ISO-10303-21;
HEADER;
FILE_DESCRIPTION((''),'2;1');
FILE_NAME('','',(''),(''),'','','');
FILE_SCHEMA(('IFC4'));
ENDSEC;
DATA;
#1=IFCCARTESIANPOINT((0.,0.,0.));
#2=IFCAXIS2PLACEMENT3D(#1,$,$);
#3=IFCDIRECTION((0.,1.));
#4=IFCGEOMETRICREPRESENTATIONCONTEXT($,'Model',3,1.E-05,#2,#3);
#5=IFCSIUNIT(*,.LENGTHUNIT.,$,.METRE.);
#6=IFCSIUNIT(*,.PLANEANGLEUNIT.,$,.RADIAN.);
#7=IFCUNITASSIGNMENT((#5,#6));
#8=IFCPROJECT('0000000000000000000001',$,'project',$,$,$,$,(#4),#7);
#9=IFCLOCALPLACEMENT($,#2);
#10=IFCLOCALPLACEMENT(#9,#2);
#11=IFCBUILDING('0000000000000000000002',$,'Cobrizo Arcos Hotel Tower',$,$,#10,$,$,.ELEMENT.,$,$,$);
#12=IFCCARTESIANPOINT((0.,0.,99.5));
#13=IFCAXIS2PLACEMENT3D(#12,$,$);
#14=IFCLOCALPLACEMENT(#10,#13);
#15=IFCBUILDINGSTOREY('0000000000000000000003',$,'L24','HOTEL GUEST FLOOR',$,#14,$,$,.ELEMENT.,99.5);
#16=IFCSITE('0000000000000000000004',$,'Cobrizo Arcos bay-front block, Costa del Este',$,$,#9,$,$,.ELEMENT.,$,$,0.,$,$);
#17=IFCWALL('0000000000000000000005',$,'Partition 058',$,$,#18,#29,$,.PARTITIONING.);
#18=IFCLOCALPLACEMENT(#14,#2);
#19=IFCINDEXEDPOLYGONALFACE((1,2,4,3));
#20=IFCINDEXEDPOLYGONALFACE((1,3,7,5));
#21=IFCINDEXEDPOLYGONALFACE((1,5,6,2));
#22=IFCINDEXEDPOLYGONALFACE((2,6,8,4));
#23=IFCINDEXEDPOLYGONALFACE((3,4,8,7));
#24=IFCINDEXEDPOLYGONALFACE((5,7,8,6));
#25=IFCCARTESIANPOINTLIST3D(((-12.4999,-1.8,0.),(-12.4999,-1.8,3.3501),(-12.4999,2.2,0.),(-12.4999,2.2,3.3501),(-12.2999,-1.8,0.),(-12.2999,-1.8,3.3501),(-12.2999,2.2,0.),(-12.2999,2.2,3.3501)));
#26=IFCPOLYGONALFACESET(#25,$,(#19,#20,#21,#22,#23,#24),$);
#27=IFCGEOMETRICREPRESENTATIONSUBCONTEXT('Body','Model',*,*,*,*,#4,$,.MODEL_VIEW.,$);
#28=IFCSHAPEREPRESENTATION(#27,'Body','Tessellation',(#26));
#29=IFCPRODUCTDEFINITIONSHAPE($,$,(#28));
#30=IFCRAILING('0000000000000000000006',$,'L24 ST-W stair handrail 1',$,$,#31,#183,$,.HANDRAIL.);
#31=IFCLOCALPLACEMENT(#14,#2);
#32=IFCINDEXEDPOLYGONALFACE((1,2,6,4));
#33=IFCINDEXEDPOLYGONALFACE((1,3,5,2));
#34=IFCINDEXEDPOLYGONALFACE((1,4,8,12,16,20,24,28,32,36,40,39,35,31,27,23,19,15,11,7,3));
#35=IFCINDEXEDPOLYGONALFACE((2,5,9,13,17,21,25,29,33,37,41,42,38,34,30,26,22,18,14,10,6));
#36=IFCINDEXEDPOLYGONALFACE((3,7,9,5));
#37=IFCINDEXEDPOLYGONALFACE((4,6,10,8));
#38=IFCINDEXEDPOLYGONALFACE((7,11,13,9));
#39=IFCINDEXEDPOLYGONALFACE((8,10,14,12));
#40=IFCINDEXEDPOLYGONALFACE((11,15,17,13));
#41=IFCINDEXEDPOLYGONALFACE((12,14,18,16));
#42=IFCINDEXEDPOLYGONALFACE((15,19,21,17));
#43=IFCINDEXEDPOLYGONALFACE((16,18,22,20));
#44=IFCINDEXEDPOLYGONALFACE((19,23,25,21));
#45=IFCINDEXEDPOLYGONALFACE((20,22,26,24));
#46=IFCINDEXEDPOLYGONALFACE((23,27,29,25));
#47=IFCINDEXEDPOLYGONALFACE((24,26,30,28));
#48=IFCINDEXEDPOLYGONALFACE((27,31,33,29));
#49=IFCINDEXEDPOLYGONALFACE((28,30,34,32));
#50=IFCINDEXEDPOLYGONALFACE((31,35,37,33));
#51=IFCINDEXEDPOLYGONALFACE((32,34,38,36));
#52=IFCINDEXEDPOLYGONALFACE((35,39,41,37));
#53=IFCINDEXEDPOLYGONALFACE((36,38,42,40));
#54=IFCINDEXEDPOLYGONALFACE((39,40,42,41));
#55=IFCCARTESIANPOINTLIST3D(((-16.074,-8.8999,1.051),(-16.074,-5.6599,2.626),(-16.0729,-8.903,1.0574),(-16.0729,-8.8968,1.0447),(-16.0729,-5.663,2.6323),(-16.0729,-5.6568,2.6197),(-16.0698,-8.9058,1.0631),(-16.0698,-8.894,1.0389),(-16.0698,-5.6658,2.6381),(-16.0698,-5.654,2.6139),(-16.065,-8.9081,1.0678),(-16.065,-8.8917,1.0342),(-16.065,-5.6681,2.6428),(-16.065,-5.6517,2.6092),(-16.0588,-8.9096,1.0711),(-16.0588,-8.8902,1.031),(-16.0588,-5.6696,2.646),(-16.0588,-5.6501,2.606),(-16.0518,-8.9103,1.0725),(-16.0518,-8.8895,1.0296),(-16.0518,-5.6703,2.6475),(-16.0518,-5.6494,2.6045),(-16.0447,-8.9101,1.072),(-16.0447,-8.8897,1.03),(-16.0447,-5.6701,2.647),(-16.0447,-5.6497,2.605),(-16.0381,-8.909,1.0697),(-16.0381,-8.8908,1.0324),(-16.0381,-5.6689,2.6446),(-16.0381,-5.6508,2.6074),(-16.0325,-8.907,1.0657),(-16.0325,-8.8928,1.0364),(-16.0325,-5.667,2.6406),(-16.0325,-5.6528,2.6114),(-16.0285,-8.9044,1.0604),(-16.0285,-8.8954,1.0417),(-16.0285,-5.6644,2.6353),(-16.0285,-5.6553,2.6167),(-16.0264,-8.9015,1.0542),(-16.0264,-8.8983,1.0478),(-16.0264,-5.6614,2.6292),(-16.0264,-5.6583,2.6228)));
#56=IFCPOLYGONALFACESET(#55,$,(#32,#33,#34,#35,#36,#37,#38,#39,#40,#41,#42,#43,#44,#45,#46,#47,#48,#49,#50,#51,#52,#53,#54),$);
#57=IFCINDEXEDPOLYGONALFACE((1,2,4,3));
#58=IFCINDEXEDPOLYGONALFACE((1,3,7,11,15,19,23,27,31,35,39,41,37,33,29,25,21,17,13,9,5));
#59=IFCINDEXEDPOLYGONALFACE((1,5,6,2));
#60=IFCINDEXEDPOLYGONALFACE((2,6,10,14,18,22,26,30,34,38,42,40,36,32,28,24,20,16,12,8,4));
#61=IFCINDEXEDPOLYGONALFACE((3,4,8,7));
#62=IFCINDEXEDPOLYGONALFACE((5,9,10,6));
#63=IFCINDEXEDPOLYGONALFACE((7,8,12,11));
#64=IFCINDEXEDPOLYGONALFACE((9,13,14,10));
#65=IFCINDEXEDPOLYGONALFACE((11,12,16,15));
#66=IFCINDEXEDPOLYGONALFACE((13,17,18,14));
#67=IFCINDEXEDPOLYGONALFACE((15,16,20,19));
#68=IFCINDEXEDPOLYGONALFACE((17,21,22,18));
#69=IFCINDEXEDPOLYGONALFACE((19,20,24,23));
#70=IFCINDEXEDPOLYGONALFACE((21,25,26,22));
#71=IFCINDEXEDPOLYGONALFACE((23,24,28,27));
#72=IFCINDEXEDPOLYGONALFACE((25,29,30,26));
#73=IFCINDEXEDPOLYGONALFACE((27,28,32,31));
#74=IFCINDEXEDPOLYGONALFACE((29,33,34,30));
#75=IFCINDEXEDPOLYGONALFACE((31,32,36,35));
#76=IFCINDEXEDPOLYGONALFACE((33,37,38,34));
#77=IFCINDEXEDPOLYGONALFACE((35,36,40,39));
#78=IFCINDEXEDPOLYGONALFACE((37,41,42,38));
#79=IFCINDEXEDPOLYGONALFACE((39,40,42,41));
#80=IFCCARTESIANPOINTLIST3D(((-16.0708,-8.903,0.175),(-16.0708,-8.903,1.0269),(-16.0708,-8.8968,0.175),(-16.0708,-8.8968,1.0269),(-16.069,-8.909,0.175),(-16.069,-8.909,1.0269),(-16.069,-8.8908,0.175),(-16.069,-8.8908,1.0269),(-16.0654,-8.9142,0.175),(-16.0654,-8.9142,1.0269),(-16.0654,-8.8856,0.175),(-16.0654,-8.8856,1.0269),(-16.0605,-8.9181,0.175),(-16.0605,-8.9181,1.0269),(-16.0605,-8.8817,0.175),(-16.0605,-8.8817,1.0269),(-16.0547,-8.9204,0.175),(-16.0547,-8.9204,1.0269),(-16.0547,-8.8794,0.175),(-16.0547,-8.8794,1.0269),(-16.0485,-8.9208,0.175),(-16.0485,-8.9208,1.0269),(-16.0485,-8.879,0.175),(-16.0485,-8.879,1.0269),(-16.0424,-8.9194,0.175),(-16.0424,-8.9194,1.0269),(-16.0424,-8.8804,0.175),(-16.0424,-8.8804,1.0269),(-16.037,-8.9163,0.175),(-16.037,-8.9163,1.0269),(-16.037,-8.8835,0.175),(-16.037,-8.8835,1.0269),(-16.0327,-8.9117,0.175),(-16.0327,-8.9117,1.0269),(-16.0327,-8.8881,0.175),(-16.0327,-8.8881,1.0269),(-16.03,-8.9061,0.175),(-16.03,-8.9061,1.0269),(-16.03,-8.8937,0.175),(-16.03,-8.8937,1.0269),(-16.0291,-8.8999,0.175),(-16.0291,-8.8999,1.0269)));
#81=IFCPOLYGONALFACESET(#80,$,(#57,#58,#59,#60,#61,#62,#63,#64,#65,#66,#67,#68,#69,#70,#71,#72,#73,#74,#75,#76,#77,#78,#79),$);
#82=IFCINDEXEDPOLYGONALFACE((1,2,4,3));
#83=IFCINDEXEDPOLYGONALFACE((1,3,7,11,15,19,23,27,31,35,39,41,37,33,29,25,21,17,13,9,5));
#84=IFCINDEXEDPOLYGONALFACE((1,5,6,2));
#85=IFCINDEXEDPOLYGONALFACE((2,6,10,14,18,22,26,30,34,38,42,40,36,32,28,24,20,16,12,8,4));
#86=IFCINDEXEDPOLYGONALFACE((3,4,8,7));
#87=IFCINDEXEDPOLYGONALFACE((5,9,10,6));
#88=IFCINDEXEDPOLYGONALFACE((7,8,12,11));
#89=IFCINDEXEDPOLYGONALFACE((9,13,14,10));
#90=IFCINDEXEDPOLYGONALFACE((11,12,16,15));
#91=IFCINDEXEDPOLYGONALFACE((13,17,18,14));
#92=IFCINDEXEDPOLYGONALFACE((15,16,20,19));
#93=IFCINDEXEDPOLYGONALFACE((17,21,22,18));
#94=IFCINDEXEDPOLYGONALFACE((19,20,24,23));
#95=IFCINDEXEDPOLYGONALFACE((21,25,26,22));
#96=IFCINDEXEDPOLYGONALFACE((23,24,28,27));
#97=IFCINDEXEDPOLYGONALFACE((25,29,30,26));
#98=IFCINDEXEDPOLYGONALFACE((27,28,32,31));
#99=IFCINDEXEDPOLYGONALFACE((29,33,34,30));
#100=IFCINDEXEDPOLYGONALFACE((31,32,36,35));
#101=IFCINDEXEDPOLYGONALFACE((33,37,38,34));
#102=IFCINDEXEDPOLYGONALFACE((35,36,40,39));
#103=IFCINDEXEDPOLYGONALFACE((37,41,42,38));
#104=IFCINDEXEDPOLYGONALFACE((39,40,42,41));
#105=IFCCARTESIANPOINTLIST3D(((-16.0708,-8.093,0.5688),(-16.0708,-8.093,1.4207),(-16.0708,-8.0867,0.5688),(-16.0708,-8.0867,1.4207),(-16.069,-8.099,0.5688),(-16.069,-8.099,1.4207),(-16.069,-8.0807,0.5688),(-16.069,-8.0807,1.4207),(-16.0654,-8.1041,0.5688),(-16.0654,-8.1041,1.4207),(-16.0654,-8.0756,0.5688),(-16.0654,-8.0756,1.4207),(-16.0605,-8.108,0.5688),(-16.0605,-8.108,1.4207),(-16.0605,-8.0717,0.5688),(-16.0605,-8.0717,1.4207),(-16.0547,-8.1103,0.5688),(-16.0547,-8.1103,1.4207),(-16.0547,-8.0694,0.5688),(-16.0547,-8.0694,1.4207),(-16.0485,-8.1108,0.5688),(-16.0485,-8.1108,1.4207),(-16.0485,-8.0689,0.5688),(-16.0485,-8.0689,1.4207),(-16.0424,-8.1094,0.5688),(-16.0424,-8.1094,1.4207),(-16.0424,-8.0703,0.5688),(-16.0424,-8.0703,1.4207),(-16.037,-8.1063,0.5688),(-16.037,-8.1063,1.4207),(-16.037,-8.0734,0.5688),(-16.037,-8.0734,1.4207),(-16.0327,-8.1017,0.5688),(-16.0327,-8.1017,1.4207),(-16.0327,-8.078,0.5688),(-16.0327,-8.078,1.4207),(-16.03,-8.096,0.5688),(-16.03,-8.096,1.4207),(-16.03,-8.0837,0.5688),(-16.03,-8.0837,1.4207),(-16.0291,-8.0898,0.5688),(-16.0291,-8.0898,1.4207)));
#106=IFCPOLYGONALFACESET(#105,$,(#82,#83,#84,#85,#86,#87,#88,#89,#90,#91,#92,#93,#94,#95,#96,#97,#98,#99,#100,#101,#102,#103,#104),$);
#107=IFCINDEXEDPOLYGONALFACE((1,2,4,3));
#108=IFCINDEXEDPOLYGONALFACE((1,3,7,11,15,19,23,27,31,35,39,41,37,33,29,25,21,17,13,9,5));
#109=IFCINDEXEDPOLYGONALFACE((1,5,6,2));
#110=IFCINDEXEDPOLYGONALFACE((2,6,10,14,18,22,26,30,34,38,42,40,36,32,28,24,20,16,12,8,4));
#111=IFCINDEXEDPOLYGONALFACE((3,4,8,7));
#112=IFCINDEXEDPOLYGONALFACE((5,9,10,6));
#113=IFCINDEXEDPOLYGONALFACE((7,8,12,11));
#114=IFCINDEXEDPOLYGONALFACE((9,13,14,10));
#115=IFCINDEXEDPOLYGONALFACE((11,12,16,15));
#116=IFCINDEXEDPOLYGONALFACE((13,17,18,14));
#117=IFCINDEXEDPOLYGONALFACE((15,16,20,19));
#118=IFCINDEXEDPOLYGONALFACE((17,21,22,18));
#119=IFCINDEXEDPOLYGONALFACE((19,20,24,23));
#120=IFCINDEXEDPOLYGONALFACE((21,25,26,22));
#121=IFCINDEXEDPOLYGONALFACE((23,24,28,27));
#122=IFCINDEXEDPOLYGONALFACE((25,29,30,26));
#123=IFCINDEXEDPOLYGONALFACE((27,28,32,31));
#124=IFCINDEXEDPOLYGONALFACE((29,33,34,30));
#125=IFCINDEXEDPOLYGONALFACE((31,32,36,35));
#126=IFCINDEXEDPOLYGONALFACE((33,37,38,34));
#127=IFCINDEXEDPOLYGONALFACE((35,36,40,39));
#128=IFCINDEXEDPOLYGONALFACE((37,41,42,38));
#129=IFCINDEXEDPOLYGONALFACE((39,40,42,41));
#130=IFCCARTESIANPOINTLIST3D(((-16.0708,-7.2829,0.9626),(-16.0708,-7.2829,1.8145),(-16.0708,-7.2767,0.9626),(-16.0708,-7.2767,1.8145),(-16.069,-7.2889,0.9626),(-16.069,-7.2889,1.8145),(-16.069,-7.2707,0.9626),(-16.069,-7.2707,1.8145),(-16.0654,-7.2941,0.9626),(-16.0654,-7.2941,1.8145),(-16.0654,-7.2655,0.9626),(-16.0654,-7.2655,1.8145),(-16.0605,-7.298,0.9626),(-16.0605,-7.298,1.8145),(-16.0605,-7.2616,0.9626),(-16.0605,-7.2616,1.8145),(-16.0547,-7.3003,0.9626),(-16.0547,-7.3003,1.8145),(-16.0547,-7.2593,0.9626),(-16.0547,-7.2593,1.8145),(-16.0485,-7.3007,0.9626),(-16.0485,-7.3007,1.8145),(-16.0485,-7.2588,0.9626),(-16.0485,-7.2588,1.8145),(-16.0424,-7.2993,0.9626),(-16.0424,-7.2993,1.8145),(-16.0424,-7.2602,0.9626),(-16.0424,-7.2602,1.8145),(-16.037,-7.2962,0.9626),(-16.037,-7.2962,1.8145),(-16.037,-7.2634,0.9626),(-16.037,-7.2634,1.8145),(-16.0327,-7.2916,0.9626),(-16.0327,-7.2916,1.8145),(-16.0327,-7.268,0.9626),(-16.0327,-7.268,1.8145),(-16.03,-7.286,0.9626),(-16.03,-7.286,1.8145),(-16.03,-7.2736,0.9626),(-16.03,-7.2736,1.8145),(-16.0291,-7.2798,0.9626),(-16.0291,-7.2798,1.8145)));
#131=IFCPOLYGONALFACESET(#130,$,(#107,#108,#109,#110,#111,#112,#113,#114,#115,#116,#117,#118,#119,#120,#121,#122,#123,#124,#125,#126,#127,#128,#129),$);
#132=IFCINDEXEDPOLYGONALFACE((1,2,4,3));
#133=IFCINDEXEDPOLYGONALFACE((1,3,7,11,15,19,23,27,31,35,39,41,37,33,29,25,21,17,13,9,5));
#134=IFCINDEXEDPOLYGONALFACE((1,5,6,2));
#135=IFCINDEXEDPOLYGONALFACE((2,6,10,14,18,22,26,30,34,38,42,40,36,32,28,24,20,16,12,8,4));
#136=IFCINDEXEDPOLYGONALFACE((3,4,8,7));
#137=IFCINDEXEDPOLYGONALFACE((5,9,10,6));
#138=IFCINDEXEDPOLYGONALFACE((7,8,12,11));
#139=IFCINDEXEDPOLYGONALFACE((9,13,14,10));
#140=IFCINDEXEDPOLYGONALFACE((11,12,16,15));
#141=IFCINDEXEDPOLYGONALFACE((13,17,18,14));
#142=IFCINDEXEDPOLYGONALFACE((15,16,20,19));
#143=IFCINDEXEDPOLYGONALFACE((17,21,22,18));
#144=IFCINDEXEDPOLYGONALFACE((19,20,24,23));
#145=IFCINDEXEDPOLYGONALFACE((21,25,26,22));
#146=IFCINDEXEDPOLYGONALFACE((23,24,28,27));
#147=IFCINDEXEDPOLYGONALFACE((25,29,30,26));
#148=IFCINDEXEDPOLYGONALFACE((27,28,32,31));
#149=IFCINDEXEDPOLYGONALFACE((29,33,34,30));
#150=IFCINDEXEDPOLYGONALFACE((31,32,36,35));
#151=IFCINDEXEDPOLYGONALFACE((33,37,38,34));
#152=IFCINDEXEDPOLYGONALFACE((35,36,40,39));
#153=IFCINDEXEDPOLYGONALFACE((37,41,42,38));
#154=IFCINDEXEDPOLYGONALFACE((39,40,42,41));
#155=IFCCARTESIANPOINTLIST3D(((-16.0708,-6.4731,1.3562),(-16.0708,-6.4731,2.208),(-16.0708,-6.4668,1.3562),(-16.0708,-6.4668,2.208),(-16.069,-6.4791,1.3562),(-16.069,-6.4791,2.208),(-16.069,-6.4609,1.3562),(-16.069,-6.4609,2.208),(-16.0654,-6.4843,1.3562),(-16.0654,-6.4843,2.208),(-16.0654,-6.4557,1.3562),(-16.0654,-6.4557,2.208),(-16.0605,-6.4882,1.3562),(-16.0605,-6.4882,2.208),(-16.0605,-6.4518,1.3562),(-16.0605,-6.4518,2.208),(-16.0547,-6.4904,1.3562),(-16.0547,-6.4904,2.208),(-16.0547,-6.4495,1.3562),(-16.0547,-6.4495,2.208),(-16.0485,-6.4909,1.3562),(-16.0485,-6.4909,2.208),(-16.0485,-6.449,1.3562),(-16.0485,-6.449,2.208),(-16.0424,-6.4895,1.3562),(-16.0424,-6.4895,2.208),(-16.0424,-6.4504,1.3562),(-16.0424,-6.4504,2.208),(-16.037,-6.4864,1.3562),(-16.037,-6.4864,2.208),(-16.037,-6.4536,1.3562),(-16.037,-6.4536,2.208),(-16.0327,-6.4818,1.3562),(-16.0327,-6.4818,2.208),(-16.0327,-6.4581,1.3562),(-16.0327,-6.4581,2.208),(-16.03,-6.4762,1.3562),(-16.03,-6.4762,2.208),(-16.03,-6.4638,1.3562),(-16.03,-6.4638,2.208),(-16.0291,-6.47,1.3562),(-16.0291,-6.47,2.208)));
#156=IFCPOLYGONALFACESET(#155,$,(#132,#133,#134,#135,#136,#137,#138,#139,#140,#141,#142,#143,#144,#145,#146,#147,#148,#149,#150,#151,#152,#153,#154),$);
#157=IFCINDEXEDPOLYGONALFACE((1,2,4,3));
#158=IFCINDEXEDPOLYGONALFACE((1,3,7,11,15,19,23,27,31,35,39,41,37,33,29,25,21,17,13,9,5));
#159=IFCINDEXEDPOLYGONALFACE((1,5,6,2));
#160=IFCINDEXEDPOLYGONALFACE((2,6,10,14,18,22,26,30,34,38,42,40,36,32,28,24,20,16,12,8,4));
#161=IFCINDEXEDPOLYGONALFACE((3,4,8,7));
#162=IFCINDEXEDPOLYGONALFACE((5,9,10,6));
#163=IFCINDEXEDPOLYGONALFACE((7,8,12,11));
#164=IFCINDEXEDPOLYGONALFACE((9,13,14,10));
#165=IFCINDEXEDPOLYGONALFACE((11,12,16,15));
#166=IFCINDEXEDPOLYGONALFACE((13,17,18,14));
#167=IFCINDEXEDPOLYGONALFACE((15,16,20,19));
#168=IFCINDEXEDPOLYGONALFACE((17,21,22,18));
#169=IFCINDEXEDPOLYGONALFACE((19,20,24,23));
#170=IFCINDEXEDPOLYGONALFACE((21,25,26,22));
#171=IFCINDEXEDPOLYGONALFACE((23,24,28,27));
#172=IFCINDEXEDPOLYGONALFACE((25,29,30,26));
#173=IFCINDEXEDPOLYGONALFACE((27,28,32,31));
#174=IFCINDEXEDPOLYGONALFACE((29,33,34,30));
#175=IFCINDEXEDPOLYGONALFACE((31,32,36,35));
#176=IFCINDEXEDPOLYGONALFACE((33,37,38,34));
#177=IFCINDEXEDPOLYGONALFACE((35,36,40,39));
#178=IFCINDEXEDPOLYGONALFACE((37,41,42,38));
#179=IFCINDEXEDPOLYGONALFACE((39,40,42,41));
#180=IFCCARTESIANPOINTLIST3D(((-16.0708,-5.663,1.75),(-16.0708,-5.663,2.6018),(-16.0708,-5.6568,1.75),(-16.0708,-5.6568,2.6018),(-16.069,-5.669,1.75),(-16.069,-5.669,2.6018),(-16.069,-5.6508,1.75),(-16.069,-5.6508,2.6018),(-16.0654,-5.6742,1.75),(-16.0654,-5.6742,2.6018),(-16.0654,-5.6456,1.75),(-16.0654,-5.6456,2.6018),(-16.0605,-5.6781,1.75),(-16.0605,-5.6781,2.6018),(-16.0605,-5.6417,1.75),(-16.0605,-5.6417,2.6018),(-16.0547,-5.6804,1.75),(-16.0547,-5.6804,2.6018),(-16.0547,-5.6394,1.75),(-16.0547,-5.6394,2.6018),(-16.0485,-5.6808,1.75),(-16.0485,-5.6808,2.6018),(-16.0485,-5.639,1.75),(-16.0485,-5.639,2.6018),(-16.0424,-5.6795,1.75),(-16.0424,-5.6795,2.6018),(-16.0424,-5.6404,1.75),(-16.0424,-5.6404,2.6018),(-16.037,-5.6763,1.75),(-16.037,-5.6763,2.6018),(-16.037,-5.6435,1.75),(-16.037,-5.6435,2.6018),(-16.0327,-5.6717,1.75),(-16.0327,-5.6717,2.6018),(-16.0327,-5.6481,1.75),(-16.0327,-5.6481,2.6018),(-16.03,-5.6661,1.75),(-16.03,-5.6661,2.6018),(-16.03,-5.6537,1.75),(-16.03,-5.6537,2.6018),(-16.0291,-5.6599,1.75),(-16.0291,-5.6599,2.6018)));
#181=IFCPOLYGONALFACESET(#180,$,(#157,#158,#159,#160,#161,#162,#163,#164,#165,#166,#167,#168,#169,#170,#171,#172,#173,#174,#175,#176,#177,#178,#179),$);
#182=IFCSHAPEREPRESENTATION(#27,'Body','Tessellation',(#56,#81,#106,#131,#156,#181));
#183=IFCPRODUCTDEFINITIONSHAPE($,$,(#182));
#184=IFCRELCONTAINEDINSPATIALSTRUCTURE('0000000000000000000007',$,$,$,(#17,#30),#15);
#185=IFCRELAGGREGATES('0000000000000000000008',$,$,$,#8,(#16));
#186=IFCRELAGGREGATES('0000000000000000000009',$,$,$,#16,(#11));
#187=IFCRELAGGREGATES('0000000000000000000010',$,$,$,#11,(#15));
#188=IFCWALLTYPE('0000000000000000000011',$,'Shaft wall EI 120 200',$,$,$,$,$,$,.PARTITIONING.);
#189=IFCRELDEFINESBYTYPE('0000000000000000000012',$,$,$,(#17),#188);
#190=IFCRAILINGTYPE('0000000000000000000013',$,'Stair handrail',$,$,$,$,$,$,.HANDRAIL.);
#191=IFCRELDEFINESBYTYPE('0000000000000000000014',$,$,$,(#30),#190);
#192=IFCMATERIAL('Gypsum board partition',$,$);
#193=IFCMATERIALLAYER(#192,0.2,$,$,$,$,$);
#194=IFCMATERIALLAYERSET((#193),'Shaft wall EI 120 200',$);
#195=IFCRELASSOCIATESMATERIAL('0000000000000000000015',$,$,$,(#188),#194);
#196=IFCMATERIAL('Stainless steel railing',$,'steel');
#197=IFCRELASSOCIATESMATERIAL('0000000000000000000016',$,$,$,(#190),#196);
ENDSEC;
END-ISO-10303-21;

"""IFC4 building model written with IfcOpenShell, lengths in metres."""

from ifc_helpers import new_model, si_unit, direction, frame, frame_2d, origin, origin_2d, place, context, subcontext, project, spatial, rectangle, circle, extrude, material, layer, layer_set, type_object, element, save


model = new_model("IFC4")

# Units and contexts
model_context = context("Model", 3, precision=1e-05, world=origin(), true_north=direction((0.0, 1.0)))
body_context = subcontext(model_context, "Body", "Model", "MODEL_VIEW")
ifc_project = project(units=[si_unit("LENGTHUNIT", "METRE"), si_unit("PLANEANGLEUNIT", "RADIAN")], contexts=[model_context])

# Site, building, storey
site_placement = place(None, origin())
site = spatial("IfcSite", under=ifc_project, at=site_placement, Name="Cobrizo Arcos bay-front block, Costa del Este", CompositionType="ELEMENT", RefElevation=0.0)
building_placement = place(site_placement, origin())
building = spatial("IfcBuilding", under=site, at=building_placement, Name="Cobrizo Arcos Hotel Tower", CompositionType="ELEMENT")
storey_placement = place(building_placement, frame((0.0, 0.0, 99.5)))
storey = spatial("IfcBuildingStorey", under=building, at=storey_placement, Name="L24", Description="HOTEL GUEST FLOOR", CompositionType="ELEMENT", Elevation=99.5)

# Shared definitions
ifc_material_1 = material(Name="Gypsum board partition")

# Shared definitions
ifc_layer_1 = layer(ifc_material_1, 0.2)
ifc_layer_set_1 = layer_set([ifc_layer_1], Name="Shaft wall EI 120 200")
wall_type_1 = type_object("IfcWallType", Name="Shaft wall EI 120 200", PredefinedType="PARTITIONING", material=ifc_layer_set_1)

# Wall
wall_1_placement = place(storey_placement, frame((-12.3999, -1.8, 0.0), z_axis=(0.0, 0.0, 1.0), x_axis=(0.0, 1.0, 0.0)))
element("IfcWall", 1, at=wall_1_placement, inside=storey, type_object=wall_type_1, Name="Partition 058", PredefinedType="PARTITIONING", context=body_context, shape_type="SweptSolid", body=[
    extrude(rectangle(XDim=4.0, YDim=0.2, at=frame_2d((2.0, 0.0))), origin(), (0.0, 0.0, 1.0), 3.3501),
])

# Railing
ifc_material_2 = material(Name="Stainless steel railing", Category="steel")
railing_type = type_object("IfcRailingType", Name="Stair handrail", PredefinedType="HANDRAIL", material=ifc_material_2)
railing_placement = place(storey_placement, frame((-16.05, -8.8999, 0.175)))
element("IfcRailing", 2, at=railing_placement, inside=storey, type_object=railing_type, Name="L24 ST-W stair handrail 1", PredefinedType="HANDRAIL", context=body_context, shape_type="SweptSolid", body=[
    extrude(circle(Radius=0.0239, at=origin_2d()), frame((0.0, 0.0, 0.876), z_axis=(0.0, 0.899373, 0.437183), x_axis=(-1.0, 0.0, 0.0)), (0.0, 0.0, 1.0), 3.6025),
    extrude(circle(Radius=0.021, at=origin_2d()), origin(), (0.0, 0.0, 1.0), 0.8518),
    extrude(circle(Radius=0.021, at=origin_2d()), frame((0.0, 0.8101, 0.3938)), (0.0, 0.0, 1.0), 0.8518),
    extrude(circle(Radius=0.021, at=origin_2d()), frame((0.0, 1.6201, 0.7876)), (0.0, 0.0, 1.0), 0.8518),
    extrude(circle(Radius=0.021, at=origin_2d()), frame((0.0, 2.4299, 1.1812)), (0.0, 0.0, 1.0), 0.8518),
    extrude(circle(Radius=0.021, at=origin_2d()), frame((0.0, 3.24, 1.575)), (0.0, 0.0, 1.0), 0.8518),
])

save(model, "model.ifc")
